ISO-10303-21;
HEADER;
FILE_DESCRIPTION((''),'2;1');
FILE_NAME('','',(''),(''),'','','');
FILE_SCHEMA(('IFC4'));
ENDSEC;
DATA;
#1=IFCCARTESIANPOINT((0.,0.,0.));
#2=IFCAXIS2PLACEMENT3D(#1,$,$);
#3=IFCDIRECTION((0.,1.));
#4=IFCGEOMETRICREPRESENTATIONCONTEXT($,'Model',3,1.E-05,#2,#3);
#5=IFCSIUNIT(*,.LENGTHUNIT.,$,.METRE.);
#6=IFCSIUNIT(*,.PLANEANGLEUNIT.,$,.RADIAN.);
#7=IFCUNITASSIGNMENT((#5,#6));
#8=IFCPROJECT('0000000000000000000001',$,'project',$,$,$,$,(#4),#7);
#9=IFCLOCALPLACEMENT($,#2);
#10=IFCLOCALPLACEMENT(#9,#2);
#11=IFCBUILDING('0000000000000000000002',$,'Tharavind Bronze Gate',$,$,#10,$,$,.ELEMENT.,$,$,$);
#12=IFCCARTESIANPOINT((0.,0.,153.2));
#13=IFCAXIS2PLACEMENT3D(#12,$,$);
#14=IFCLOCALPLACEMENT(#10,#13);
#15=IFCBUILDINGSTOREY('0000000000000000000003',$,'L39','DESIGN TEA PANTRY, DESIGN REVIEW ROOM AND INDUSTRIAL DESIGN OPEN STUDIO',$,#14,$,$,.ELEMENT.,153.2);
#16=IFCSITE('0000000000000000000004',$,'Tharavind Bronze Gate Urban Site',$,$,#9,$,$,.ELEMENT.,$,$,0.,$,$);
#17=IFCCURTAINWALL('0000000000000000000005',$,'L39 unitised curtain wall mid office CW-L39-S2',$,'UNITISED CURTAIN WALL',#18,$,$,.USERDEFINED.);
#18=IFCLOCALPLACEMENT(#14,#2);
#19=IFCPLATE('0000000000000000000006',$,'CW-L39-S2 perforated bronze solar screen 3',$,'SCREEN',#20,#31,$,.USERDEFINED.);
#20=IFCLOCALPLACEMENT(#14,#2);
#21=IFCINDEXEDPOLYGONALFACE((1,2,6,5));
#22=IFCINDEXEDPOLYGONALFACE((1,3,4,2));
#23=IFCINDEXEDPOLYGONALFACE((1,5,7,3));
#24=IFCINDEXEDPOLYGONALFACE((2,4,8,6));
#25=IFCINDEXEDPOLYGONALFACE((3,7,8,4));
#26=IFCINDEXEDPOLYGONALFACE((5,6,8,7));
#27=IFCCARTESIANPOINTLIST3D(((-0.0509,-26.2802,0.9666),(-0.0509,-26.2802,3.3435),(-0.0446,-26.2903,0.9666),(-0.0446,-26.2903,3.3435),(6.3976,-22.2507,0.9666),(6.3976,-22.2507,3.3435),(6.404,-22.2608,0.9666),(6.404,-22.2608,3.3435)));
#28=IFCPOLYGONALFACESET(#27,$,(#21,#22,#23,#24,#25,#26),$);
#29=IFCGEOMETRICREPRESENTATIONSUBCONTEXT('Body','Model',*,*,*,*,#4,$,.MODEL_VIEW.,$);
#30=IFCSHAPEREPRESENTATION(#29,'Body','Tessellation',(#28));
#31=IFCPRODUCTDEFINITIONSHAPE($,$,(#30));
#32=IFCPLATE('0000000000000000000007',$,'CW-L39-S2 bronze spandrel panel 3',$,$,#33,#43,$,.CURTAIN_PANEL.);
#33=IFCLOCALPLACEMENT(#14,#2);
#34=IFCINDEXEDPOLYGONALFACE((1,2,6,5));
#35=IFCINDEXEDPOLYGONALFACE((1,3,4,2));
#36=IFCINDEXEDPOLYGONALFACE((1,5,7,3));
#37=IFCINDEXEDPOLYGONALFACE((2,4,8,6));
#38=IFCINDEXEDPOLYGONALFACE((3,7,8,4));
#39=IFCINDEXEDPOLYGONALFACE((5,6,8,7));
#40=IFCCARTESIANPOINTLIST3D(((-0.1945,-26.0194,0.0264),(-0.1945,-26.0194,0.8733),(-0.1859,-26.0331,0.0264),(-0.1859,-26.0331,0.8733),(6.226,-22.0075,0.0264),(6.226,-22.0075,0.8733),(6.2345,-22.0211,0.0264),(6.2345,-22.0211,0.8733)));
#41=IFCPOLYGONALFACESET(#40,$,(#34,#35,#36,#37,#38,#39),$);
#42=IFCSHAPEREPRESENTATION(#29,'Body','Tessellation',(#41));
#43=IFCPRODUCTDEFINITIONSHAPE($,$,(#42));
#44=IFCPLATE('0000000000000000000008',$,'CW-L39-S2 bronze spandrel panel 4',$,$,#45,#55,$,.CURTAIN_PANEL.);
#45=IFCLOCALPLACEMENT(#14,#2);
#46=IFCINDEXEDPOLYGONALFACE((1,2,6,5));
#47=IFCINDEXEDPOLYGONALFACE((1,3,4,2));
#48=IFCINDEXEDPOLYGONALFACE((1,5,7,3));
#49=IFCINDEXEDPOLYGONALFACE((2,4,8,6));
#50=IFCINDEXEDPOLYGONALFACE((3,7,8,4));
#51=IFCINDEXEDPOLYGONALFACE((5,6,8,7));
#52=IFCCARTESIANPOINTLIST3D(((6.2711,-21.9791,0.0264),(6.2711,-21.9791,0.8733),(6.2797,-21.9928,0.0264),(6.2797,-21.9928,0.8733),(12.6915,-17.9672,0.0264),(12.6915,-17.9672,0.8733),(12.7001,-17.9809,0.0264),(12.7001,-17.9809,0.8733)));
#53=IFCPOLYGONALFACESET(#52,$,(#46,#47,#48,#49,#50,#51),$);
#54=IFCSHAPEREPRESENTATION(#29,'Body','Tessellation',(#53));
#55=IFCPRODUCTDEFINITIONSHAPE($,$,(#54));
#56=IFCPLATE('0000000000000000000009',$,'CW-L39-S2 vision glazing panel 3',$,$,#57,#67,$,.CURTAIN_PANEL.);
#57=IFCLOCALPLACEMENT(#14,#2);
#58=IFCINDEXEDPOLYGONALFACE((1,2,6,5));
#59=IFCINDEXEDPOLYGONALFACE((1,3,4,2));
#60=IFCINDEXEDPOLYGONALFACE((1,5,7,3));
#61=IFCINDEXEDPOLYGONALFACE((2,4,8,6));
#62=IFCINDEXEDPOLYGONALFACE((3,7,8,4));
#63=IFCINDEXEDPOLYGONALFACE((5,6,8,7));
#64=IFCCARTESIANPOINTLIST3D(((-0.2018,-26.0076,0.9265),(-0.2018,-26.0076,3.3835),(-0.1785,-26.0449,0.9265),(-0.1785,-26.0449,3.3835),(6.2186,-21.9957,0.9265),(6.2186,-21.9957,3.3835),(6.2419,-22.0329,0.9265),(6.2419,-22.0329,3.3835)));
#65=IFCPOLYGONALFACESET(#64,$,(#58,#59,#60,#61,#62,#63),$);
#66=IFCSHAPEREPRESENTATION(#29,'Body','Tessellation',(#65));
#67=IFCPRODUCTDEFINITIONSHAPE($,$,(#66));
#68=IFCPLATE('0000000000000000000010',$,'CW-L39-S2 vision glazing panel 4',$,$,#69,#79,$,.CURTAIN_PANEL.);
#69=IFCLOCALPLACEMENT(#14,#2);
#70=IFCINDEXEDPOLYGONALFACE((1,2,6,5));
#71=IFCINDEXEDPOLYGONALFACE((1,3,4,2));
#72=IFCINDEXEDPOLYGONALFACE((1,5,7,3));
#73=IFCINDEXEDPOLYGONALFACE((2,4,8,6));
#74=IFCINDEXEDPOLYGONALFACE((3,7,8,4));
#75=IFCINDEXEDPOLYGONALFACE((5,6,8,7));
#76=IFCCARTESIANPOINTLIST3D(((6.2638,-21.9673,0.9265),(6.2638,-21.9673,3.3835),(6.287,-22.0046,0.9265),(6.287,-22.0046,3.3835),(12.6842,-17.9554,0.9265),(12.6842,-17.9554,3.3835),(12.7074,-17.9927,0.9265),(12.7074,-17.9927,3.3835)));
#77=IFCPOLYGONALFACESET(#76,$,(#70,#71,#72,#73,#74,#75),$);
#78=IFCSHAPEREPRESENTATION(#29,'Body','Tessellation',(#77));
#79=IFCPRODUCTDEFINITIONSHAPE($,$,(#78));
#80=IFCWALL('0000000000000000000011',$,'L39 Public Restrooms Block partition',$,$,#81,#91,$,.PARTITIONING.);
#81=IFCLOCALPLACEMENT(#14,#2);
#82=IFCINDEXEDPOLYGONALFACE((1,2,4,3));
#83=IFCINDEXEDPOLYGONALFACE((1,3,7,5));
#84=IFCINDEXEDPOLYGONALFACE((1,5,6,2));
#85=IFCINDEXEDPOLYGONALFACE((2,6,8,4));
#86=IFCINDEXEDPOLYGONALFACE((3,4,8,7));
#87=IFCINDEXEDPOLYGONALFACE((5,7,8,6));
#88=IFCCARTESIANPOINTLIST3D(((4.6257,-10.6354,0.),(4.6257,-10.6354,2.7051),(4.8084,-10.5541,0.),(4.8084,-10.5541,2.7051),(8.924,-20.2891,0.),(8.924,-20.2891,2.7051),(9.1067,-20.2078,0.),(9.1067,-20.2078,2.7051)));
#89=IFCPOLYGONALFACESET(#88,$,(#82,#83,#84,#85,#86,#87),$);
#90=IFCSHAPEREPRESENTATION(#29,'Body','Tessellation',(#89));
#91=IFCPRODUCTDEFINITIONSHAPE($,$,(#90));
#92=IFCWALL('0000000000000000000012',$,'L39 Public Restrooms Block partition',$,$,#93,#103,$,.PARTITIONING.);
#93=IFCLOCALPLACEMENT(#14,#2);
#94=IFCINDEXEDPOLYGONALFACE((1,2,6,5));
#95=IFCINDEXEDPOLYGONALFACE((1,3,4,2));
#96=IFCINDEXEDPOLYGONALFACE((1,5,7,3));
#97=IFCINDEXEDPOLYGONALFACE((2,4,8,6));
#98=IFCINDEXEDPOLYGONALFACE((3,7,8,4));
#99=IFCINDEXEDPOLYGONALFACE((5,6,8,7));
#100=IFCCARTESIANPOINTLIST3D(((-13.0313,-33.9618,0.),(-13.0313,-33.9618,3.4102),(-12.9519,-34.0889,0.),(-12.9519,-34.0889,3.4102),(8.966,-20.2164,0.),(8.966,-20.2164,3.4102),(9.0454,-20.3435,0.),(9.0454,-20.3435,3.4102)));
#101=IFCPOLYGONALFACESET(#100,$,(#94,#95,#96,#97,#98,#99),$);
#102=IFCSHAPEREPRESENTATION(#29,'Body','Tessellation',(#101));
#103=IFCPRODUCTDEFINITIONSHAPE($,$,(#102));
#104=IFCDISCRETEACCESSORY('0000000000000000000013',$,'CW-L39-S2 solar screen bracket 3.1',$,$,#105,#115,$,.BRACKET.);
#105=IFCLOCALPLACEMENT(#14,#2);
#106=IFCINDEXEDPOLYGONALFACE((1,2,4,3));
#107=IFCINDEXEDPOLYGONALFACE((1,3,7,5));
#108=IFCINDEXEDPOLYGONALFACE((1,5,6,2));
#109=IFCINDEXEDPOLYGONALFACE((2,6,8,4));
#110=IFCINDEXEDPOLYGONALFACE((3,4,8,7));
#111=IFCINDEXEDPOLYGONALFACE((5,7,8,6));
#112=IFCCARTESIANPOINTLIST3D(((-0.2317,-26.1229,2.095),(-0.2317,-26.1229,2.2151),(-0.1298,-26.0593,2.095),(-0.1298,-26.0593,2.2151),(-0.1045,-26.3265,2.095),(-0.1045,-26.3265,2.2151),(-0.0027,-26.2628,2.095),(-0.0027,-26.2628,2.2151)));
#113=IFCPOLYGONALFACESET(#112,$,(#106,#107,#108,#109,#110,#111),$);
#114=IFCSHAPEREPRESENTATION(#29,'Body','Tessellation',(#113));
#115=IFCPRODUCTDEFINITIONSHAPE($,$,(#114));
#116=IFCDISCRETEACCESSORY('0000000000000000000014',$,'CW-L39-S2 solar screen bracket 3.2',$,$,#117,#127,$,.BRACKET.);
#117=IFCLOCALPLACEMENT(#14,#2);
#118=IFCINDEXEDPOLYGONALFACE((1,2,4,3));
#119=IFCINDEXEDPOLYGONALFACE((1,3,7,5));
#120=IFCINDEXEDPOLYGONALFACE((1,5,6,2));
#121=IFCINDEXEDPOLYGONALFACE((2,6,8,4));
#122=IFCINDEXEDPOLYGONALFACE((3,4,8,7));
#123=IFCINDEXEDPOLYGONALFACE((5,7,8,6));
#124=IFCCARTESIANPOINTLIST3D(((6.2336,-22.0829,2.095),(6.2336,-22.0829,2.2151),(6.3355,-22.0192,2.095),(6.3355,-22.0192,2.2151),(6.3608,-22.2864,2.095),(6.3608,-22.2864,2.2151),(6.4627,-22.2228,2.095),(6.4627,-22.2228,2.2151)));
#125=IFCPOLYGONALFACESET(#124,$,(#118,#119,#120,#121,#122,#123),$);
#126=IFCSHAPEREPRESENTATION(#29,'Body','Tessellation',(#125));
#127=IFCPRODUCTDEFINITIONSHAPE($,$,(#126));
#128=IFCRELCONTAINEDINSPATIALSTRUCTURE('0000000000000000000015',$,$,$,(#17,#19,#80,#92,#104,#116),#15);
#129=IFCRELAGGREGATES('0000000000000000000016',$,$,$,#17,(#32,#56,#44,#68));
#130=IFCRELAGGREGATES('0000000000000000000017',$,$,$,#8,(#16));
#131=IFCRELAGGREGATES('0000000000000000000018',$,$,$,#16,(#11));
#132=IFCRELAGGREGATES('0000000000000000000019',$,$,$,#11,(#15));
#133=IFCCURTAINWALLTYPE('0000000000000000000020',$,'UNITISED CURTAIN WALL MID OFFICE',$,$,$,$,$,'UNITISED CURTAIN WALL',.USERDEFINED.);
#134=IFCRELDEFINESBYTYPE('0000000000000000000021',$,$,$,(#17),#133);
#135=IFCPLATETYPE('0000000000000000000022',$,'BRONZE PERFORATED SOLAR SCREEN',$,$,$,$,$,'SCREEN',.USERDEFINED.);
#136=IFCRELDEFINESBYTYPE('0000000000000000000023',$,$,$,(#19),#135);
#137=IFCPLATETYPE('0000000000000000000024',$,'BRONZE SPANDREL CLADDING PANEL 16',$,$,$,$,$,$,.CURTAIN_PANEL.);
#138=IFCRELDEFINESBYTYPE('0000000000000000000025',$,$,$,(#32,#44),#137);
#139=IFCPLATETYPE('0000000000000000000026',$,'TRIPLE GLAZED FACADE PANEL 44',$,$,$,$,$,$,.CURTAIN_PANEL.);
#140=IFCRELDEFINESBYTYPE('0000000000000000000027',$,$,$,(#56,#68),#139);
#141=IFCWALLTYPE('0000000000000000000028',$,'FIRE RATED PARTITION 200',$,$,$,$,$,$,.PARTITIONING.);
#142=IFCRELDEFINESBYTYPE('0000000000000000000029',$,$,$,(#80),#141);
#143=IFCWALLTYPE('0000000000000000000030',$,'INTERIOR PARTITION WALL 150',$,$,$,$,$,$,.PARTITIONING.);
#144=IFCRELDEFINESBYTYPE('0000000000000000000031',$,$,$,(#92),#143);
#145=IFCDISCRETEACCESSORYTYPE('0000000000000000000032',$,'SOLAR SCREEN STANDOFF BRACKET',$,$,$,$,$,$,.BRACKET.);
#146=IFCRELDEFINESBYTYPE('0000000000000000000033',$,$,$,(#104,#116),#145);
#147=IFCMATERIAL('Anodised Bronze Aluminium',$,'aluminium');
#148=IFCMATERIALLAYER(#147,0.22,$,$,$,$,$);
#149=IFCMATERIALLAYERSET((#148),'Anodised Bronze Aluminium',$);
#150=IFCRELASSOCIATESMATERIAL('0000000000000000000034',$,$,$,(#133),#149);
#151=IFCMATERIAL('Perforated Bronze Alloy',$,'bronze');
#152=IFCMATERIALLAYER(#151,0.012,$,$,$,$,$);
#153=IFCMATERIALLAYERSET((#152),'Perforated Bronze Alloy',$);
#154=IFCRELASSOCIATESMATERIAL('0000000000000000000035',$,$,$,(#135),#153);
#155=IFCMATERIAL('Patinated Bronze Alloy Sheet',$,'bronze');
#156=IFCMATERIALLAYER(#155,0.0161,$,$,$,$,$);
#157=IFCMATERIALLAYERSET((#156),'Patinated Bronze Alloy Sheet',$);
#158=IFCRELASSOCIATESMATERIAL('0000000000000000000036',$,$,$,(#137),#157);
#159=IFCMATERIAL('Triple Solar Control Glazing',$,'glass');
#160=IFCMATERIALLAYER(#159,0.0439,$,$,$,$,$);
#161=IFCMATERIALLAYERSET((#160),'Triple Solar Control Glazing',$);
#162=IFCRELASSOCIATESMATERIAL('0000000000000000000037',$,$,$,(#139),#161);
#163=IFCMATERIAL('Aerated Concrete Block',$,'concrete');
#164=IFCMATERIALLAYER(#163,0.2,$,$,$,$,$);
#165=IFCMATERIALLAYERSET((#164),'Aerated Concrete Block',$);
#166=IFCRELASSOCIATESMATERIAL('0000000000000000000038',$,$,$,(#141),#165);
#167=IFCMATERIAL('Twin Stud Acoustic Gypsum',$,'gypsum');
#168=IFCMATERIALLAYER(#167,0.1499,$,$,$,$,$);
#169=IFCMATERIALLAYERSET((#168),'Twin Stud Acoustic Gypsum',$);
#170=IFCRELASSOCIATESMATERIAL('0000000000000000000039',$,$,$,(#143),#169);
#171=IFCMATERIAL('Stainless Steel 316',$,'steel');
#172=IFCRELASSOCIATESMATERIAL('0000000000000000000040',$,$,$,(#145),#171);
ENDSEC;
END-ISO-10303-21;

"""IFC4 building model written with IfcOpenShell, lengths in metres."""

from ifc_helpers import new_model, si_unit, direction, frame, frame_2d, origin, origin_2d, place, context, subcontext, project, spatial, rectangle, extrude, material, layer, layer_set, type_object, element, aggregate, save


model = new_model("IFC4")

# Units and contexts
model_context = context("Model", 3, precision=1e-05, world=origin(), true_north=direction((0.0, 1.0)))
body_context = subcontext(model_context, "Body", "Model", "MODEL_VIEW")
ifc_project = project(units=[si_unit("LENGTHUNIT", "METRE"), si_unit("PLANEANGLEUNIT", "RADIAN")], contexts=[model_context])

# Site, building, storey
site_placement = place(None, origin())
site = spatial("IfcSite", under=ifc_project, at=site_placement, Name="Tharavind Bronze Gate Urban Site", CompositionType="ELEMENT", RefElevation=0.0)
building_placement = place(site_placement, origin())
building = spatial("IfcBuilding", under=site, at=building_placement, Name="Tharavind Bronze Gate", CompositionType="ELEMENT")
storey_placement = place(building_placement, frame((0.0, 0.0, 153.2)))
storey = spatial("IfcBuildingStorey", under=building, at=storey_placement, Name="L39", Description="DESIGN TEA PANTRY, DESIGN REVIEW ROOM AND INDUSTRIAL DESIGN OPEN STUDIO", CompositionType="ELEMENT", Elevation=153.2)

# Curtain wall
ifc_material_1 = material(Name="Anodised Bronze Aluminium", Category="aluminium")
ifc_layer_1 = layer(ifc_material_1, 0.22)
ifc_layer_set_1 = layer_set([ifc_layer_1], Name="Anodised Bronze Aluminium")
curtain_wall_type = type_object("IfcCurtainWallType", Name="UNITISED CURTAIN WALL MID OFFICE", ElementType="UNITISED CURTAIN WALL", PredefinedType="USERDEFINED", material=ifc_layer_set_1)
curtain_wall_placement = place(storey_placement, origin())
curtain_wall = element("IfcCurtainWall", 1, at=curtain_wall_placement, inside=storey, type_object=curtain_wall_type, Name="L39 unitised curtain wall mid office CW-L39-S2", ObjectType="UNITISED CURTAIN WALL", PredefinedType="USERDEFINED")

# Plates
ifc_material_2 = material(Name="Perforated Bronze Alloy", Category="bronze")
ifc_layer_2 = layer(ifc_material_2, 0.012)
ifc_layer_set_2 = layer_set([ifc_layer_2], Name="Perforated Bronze Alloy")
plate_type_1 = type_object("IfcPlateType", Name="BRONZE PERFORATED SOLAR SCREEN", ElementType="SCREEN", PredefinedType="USERDEFINED", material=ifc_layer_set_2)
plate_1_placement = place(storey_placement, frame((3.1765, -24.2705, 0.9666), z_axis=(0.0, 0.0, 1.0), x_axis=(0.848048, 0.529919, 0.0)))
element("IfcPlate", 2, at=plate_1_placement, inside=storey, type_object=plate_type_1, Name="CW-L39-S2 perforated bronze solar screen 3", ObjectType="SCREEN", PredefinedType="USERDEFINED", context=body_context, shape_type="SweptSolid", body=[
    extrude(rectangle(XDim=7.604, YDim=0.012, at=origin_2d()), origin(), (0.0, 0.0, 1.0), 2.377),
])
ifc_material_3 = material(Name="Patinated Bronze Alloy Sheet", Category="bronze")
ifc_layer_3 = layer(ifc_material_3, 0.0161)
ifc_layer_set_3 = layer_set([ifc_layer_3], Name="Patinated Bronze Alloy Sheet")
plate_type_2 = type_object("IfcPlateType", Name="BRONZE SPANDREL CLADDING PANEL 16", PredefinedType="CURTAIN_PANEL", material=ifc_layer_set_3)
plate_2_placement = place(storey_placement, frame((3.02, -24.0203, 0.0264), z_axis=(0.0, 0.0, 1.0), x_axis=(0.848048, 0.529919, 0.0)))
plate_2 = element("IfcPlate", 3, at=plate_2_placement, type_object=plate_type_2, Name="CW-L39-S2 bronze spandrel panel 3", PredefinedType="CURTAIN_PANEL", context=body_context, shape_type="SweptSolid", body=[
    extrude(rectangle(XDim=7.5708, YDim=0.0161, at=origin_2d()), origin(), (0.0, 0.0, 1.0), 0.8469),
])
plate_3_placement = place(storey_placement, frame((9.4856, -19.98, 0.0264), z_axis=(0.0, 0.0, 1.0), x_axis=(0.848048, 0.529919, 0.0)))
plate_3 = element("IfcPlate", 4, at=plate_3_placement, type_object=plate_type_2, Name="CW-L39-S2 bronze spandrel panel 4", PredefinedType="CURTAIN_PANEL", context=body_context, shape_type="SweptSolid", body=[
    extrude(rectangle(XDim=7.5708, YDim=0.0161, at=origin_2d()), origin(), (0.0, 0.0, 1.0), 0.8469),
])
ifc_material_4 = material(Name="Triple Solar Control Glazing", Category="glass")
ifc_layer_4 = layer(ifc_material_4, 0.0439)
ifc_layer_set_4 = layer_set([ifc_layer_4], Name="Triple Solar Control Glazing")
plate_type_3 = type_object("IfcPlateType", Name="TRIPLE GLAZED FACADE PANEL 44", PredefinedType="CURTAIN_PANEL", material=ifc_layer_set_4)
plate_4_placement = place(storey_placement, frame((3.02, -24.0203, 0.9265), z_axis=(0.0, 0.0, 1.0), x_axis=(0.848048, 0.529919, 0.0)))
plate_4 = element("IfcPlate", 5, at=plate_4_placement, type_object=plate_type_3, Name="CW-L39-S2 vision glazing panel 3", PredefinedType="CURTAIN_PANEL", context=body_context, shape_type="SweptSolid", body=[
    extrude(rectangle(XDim=7.5708, YDim=0.0439, at=origin_2d()), origin(), (0.0, 0.0, 1.0), 2.457),
])
plate_5_placement = place(storey_placement, frame((9.4856, -19.98, 0.9265), z_axis=(0.0, 0.0, 1.0), x_axis=(0.848048, 0.529919, 0.0)))
plate_5 = element("IfcPlate", 6, at=plate_5_placement, type_object=plate_type_3, Name="CW-L39-S2 vision glazing panel 4", PredefinedType="CURTAIN_PANEL", context=body_context, shape_type="SweptSolid", body=[
    extrude(rectangle(XDim=7.5708, YDim=0.0439, at=origin_2d()), origin(), (0.0, 0.0, 1.0), 2.457),
])
aggregate(curtain_wall, [plate_2, plate_4, plate_3, plate_5])

# Walls
ifc_material_5 = material(Name="Aerated Concrete Block", Category="concrete")
ifc_layer_5 = layer(ifc_material_5, 0.2)
ifc_layer_set_5 = layer_set([ifc_layer_5], Name="Aerated Concrete Block")
wall_type_1 = type_object("IfcWallType", Name="FIRE RATED PARTITION 200", PredefinedType="PARTITIONING", material=ifc_layer_set_5)
wall_1_placement = place(storey_placement, frame((4.717, -10.5947, 0.0), z_axis=(0.0, 0.0, 1.0), x_axis=(0.406751, -0.913539, 0.0)))
element("IfcWall", 7, at=wall_1_placement, inside=storey, type_object=wall_type_1, Name="L39 Public Restrooms Block partition", PredefinedType="PARTITIONING", context=body_context, shape_type="SweptSolid", body=[
    extrude(rectangle(XDim=10.5674, YDim=0.2, at=frame_2d((5.2837, 0.0))), origin(), (0.0, 0.0, 1.0), 2.7051),
])
ifc_material_6 = material(Name="Twin Stud Acoustic Gypsum", Category="gypsum")
ifc_layer_6 = layer(ifc_material_6, 0.1499)
ifc_layer_set_6 = layer_set([ifc_layer_6], Name="Twin Stud Acoustic Gypsum")
wall_type_2 = type_object("IfcWallType", Name="INTERIOR PARTITION WALL 150", PredefinedType="PARTITIONING", material=ifc_layer_set_6)
wall_2_placement = place(storey_placement, frame((9.0056, -20.28, 0.0), z_axis=(0.0, 0.0, 1.0), x_axis=(-0.84805, -0.529917, 0.0)))
element("IfcWall", 8, at=wall_2_placement, inside=storey, type_object=wall_type_2, Name="L39 Public Restrooms Block partition", PredefinedType="PARTITIONING", context=body_context, shape_type="SweptSolid", body=[
    extrude(rectangle(XDim=25.9387, YDim=0.1499, at=frame_2d((12.9692, 0.0))), origin(), (0.0, 0.0, 1.0), 3.4102),
])

# Discrete accessories
ifc_material_7 = material(Name="Stainless Steel 316", Category="steel")
discrete_accessory_type = type_object("IfcDiscreteAccessoryType", Name="SOLAR SCREEN STANDOFF BRACKET", PredefinedType="BRACKET", material=ifc_material_7)
for number, where, z_axis, x_axis, name in (
    (9, (-0.1172, -26.1929, 2.095), (0.0, 0.0, 1.0), (0.848048, 0.529919, 0.0), "CW-L39-S2 solar screen bracket 3.1"),
    (10, (6.3481, -22.1528, 2.095), (0.0, 0.0, 1.0), (0.848048, 0.529919, 0.0), "CW-L39-S2 solar screen bracket 3.2"),
):
    element("IfcDiscreteAccessory", number, at=place(storey_placement, frame(where, z_axis=z_axis, x_axis=x_axis)), inside=storey, type_object=discrete_accessory_type, Name=name, PredefinedType="BRACKET", context=body_context, shape_type="SweptSolid", body=[
        extrude(rectangle(XDim=0.1201, YDim=0.24, at=origin_2d()), origin(), (0.0, 0.0, 1.0), 0.1201),
    ])

save(model, "model.ifc")
